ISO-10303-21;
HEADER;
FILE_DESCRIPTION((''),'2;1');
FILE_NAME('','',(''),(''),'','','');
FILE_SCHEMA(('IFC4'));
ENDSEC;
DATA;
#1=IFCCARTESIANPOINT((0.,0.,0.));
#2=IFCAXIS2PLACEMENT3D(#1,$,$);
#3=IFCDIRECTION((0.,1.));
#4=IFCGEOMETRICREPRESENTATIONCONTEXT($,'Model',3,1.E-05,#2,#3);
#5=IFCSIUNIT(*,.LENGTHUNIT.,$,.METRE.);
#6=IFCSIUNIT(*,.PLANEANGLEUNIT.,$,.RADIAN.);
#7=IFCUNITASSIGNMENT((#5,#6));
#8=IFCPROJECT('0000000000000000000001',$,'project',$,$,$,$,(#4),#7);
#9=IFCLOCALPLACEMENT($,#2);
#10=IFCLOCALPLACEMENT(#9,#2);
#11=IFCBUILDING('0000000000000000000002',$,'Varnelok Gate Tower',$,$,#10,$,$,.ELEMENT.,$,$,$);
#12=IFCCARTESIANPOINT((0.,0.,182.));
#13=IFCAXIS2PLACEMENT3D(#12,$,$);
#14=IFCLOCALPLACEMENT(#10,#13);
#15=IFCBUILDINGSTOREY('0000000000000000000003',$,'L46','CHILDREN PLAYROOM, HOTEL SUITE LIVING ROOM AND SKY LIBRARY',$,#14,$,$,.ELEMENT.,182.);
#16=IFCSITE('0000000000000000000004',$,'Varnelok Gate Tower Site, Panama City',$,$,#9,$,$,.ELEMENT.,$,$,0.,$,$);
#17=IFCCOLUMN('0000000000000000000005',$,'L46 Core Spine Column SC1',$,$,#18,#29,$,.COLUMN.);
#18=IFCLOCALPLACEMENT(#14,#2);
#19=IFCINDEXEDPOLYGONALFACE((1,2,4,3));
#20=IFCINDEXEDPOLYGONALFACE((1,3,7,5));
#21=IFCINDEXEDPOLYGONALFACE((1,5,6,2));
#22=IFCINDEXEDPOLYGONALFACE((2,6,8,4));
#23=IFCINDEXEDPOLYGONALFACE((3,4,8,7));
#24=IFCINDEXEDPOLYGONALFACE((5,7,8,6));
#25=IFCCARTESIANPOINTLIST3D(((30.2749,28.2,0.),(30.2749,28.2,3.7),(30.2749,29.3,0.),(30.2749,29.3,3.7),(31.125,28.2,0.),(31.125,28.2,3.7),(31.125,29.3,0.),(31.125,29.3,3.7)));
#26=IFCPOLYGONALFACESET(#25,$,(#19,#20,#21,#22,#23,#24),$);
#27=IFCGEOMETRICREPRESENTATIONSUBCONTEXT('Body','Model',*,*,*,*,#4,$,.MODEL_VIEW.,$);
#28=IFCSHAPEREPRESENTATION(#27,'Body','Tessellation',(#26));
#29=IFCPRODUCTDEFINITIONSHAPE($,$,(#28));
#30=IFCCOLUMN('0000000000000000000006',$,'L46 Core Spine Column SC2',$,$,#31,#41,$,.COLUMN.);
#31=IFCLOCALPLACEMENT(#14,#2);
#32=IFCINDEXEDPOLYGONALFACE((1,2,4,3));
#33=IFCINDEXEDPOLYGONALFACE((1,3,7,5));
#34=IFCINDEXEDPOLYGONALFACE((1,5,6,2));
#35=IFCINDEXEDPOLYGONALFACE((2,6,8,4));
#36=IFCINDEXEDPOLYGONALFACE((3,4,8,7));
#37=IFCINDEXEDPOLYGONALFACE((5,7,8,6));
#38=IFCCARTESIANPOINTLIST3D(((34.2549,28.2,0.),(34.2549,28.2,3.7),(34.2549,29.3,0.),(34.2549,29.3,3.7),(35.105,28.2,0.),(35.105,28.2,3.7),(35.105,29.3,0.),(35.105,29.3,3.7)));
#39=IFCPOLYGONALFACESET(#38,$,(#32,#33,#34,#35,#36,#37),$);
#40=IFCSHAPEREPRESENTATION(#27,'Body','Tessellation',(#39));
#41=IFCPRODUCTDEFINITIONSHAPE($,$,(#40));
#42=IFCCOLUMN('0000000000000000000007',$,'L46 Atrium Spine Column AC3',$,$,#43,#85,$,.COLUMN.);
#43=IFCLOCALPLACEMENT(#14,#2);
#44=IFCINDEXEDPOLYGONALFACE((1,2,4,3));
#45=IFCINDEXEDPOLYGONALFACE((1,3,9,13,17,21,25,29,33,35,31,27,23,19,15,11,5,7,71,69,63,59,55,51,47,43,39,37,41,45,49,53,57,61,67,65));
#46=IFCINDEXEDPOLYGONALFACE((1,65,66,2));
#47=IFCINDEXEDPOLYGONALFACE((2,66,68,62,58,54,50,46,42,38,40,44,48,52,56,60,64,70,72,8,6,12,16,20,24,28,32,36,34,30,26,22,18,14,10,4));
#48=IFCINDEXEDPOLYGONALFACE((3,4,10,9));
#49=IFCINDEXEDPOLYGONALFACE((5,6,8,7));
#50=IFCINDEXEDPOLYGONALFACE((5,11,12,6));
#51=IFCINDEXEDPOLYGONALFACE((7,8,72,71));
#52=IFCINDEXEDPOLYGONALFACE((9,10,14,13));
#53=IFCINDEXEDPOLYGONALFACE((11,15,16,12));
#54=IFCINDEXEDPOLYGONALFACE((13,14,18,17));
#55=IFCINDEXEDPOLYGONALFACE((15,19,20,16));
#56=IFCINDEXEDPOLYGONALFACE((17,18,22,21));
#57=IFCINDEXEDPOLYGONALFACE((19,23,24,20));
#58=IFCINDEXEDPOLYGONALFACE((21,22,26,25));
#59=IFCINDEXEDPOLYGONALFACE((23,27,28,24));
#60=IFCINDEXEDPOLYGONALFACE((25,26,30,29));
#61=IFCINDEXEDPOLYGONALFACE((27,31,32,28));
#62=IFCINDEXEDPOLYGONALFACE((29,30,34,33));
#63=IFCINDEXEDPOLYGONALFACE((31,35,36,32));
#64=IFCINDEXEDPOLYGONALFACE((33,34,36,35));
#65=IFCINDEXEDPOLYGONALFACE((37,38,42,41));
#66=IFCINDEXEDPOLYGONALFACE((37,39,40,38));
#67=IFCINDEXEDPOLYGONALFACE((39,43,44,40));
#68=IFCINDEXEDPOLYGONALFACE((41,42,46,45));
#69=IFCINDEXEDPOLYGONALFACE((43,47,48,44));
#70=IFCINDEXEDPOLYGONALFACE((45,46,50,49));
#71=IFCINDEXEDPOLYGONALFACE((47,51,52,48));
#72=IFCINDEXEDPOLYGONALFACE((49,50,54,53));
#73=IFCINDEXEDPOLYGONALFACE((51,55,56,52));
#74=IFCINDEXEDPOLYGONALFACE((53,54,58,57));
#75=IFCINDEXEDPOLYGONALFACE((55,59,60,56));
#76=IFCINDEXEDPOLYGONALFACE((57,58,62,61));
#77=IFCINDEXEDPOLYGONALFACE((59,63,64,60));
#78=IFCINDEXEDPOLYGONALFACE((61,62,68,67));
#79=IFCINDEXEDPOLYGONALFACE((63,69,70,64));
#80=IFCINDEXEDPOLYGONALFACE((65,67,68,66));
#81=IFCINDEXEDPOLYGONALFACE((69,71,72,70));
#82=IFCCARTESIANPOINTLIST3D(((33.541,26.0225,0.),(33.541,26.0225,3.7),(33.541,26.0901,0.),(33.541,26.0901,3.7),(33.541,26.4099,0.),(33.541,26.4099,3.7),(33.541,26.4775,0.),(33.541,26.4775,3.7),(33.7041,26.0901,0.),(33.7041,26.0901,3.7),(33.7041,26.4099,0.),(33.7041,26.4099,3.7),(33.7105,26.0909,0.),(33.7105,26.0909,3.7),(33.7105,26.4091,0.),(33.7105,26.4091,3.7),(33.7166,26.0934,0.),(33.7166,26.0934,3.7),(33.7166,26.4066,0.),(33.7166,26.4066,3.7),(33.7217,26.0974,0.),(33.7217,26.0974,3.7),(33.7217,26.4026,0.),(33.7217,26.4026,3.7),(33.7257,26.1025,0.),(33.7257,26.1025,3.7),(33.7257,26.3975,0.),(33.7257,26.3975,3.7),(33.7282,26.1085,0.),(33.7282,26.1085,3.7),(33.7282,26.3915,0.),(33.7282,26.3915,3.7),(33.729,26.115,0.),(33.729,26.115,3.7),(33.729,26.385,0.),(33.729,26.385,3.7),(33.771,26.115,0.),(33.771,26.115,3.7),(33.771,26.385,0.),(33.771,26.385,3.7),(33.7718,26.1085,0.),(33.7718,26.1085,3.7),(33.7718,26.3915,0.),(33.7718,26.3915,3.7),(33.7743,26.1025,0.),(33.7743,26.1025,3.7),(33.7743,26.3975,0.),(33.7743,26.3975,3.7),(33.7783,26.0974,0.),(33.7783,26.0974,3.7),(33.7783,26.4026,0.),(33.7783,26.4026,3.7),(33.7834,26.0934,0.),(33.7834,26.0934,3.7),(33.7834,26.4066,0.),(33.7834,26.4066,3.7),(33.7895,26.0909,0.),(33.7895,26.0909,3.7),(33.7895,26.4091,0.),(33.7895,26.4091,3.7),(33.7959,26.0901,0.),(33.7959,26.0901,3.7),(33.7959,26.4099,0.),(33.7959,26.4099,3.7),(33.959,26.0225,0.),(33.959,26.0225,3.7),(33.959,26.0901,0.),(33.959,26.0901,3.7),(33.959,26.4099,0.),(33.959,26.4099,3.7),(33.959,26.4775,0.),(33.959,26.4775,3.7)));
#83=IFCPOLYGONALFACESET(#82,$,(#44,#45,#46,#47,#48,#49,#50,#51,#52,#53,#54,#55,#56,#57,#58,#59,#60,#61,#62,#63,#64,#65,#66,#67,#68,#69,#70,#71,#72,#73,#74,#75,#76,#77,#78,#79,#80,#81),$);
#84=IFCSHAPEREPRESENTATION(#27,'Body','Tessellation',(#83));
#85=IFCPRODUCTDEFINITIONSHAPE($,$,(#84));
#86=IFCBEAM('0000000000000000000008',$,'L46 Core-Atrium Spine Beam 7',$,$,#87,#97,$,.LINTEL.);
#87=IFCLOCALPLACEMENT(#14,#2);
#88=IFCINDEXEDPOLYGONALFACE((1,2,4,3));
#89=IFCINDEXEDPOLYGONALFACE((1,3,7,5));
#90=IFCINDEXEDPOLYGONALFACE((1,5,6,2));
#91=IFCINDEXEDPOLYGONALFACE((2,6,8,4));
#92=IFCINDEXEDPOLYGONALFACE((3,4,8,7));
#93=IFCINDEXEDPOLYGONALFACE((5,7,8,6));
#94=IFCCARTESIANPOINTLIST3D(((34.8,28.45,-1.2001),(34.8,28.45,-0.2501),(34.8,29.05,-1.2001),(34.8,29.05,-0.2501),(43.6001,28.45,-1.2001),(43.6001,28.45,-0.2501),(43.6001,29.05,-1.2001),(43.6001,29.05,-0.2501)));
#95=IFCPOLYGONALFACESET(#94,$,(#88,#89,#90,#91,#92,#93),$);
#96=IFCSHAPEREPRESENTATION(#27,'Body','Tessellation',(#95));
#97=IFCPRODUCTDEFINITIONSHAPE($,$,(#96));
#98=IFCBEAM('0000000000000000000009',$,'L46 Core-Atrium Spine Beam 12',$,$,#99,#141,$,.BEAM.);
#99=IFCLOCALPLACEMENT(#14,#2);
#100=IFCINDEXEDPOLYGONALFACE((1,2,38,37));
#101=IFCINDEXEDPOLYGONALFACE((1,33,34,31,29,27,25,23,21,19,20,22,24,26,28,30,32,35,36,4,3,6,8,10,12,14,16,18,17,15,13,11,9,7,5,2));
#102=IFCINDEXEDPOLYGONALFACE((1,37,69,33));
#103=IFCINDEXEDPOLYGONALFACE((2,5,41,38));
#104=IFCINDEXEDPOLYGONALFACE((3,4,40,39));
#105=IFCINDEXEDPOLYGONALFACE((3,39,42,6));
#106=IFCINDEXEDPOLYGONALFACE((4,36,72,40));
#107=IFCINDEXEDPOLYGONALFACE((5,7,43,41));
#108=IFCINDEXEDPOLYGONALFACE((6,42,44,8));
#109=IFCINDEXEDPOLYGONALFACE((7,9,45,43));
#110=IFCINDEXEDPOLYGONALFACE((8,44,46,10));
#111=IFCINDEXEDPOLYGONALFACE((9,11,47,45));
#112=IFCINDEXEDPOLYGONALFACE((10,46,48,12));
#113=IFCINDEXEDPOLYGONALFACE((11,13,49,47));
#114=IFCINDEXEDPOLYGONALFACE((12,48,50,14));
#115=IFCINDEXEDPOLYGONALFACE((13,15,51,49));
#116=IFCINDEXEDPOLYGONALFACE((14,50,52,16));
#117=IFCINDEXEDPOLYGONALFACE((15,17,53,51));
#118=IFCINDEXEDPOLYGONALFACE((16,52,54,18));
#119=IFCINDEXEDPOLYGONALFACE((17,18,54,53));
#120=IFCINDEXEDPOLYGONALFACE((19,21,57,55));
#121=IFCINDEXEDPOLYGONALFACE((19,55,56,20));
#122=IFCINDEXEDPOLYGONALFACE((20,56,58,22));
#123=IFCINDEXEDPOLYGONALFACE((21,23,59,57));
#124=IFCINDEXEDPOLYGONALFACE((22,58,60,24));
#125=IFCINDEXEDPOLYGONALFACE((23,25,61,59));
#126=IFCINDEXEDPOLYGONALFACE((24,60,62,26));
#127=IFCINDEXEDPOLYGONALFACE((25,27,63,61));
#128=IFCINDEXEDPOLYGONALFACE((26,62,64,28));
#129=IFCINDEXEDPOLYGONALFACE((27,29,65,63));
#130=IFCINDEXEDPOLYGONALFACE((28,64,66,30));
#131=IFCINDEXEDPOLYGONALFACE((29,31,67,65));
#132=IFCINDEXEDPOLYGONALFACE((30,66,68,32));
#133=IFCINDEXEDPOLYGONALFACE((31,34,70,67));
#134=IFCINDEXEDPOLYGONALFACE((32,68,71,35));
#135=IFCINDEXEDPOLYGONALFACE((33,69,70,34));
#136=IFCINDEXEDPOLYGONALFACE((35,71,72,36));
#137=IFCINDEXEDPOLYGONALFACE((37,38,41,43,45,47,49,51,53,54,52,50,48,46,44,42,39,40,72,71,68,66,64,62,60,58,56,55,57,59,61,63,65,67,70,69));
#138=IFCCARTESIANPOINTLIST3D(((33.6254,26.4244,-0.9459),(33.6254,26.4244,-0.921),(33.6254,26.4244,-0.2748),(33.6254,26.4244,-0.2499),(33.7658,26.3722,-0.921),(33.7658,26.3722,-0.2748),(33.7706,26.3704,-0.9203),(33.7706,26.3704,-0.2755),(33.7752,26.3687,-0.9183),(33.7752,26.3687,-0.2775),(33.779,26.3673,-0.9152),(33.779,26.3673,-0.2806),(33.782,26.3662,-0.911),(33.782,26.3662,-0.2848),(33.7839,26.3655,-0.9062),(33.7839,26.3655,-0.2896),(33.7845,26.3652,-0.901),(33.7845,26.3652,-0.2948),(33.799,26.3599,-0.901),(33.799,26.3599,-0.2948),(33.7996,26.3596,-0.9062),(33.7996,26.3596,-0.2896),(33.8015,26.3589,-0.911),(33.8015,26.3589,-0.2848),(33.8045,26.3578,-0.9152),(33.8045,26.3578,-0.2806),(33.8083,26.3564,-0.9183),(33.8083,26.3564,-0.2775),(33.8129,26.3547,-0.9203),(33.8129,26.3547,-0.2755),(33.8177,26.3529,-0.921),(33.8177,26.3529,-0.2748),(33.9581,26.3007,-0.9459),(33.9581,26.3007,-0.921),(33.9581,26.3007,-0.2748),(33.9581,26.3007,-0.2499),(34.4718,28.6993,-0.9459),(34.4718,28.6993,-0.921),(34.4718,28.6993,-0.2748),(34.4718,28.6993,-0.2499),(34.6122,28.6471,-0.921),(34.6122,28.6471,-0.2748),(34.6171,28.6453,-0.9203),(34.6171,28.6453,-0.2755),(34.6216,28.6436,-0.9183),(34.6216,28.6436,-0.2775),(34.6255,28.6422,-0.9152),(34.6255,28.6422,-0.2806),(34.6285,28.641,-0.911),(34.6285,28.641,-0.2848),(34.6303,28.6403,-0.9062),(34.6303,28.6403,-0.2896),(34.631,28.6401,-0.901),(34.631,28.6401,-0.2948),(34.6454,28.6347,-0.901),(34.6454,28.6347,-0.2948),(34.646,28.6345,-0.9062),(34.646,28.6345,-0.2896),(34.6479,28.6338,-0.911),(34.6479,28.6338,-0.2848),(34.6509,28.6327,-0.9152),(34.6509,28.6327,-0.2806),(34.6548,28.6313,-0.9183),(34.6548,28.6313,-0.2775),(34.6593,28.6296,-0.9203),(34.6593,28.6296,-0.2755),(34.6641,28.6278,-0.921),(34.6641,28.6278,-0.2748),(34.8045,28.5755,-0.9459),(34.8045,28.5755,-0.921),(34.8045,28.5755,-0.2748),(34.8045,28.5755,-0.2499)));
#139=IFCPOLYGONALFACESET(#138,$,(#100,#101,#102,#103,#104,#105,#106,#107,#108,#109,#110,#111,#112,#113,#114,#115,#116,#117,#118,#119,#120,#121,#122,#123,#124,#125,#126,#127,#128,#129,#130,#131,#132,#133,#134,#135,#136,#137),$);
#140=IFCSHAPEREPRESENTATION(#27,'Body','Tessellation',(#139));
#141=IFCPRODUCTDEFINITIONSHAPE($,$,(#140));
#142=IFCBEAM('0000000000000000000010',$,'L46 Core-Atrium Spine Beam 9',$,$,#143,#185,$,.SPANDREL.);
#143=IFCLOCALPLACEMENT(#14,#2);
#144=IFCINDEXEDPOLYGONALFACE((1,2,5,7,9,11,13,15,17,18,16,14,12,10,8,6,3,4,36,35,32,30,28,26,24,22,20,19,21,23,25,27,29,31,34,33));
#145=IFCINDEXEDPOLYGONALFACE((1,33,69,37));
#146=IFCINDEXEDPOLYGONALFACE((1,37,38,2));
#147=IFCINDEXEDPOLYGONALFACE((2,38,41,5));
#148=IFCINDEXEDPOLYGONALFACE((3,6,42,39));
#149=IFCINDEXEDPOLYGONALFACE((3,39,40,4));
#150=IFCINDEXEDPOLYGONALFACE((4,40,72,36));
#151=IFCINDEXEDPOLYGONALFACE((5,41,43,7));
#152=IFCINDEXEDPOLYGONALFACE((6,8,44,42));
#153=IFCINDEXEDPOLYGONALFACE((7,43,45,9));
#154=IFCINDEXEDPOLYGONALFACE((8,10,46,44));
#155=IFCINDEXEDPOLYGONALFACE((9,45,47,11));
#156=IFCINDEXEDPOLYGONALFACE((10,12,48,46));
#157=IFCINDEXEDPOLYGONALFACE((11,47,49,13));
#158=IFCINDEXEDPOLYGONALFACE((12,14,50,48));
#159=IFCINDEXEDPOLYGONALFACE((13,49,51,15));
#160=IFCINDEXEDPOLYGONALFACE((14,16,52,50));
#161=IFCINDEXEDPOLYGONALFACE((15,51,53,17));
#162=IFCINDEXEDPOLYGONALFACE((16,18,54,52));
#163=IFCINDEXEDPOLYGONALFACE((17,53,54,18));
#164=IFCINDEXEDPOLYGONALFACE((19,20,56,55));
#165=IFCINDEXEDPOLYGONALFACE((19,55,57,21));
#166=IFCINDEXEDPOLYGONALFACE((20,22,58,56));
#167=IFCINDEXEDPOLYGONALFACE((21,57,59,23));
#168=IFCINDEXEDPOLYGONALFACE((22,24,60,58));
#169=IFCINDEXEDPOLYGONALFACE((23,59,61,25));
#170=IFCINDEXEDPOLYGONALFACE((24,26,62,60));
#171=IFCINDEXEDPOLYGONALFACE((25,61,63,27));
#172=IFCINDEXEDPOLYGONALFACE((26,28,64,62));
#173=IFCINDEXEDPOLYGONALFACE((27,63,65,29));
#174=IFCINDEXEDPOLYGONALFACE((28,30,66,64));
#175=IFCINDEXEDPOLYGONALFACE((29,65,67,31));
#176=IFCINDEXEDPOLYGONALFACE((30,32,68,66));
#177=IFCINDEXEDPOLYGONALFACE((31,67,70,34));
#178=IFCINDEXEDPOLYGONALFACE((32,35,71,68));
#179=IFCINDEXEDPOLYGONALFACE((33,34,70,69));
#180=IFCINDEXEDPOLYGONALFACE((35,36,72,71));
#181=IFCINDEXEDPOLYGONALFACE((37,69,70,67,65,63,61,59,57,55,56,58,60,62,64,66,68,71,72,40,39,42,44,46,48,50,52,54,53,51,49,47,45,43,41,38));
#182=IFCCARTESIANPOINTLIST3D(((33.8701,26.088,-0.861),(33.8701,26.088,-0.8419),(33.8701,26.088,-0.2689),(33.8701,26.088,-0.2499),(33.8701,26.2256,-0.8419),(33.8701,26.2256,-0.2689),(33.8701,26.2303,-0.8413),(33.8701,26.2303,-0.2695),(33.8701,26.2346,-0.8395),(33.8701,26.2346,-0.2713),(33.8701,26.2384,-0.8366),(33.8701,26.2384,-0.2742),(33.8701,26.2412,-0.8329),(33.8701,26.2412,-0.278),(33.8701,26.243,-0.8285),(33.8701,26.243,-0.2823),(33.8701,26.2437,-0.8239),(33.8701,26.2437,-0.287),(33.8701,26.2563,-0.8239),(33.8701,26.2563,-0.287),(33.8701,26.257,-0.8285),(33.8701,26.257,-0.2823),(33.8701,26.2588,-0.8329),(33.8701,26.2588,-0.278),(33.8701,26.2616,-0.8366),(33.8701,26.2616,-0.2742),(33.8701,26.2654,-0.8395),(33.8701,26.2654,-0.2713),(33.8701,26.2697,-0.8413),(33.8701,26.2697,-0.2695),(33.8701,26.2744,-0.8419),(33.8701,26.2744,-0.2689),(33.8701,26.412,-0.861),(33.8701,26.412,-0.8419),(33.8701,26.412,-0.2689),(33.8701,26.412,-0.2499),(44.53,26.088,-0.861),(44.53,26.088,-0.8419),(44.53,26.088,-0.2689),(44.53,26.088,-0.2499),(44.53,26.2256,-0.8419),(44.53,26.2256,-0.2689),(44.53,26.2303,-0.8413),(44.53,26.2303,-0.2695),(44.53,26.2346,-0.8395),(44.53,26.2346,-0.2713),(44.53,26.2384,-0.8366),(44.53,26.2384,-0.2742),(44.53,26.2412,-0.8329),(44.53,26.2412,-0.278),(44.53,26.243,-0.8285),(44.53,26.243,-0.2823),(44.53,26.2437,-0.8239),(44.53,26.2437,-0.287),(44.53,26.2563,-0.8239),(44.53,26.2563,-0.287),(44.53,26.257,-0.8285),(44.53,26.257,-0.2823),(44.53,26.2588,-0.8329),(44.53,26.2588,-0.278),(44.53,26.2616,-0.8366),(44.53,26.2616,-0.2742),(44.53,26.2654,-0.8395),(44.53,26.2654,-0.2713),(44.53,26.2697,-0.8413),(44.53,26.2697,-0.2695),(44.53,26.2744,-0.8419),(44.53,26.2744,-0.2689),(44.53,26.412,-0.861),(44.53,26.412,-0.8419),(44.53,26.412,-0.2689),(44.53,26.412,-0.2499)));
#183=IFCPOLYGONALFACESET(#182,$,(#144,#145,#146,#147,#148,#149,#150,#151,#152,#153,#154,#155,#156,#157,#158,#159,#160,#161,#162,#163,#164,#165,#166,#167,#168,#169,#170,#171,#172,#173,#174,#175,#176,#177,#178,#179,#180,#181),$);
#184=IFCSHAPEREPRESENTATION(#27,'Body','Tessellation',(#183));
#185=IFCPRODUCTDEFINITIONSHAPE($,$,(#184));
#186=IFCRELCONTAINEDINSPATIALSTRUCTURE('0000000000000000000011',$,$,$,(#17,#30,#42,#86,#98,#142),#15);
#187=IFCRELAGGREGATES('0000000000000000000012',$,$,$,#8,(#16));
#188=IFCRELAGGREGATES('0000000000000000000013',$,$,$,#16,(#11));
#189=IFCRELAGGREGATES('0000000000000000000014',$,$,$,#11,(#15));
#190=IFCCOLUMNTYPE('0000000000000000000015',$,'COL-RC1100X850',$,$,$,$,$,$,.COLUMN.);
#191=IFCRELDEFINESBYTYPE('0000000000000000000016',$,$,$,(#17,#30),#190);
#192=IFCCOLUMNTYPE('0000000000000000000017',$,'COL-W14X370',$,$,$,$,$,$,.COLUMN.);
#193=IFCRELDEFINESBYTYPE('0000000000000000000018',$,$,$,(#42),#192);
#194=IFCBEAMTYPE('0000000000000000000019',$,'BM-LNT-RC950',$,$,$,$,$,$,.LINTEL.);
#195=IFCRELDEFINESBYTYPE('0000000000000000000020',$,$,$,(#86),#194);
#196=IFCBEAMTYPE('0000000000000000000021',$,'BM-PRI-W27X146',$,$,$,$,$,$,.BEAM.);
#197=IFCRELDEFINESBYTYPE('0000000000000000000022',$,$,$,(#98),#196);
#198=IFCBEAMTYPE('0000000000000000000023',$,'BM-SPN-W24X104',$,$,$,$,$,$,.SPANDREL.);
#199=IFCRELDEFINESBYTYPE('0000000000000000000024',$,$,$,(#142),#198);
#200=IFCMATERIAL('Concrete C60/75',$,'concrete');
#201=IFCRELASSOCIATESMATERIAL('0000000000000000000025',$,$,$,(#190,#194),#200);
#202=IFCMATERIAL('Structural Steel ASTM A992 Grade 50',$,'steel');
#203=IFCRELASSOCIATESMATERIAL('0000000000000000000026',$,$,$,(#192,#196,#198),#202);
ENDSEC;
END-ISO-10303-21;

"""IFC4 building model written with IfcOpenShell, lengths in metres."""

from ifc_helpers import new_model, si_unit, direction, frame, origin, origin_2d, place, context, subcontext, project, spatial, rectangle, i_section, extrude, material, material_profile, profile_set, type_object, element, save


model = new_model("IFC4")

# Units and contexts
model_context = context("Model", 3, precision=1e-05, world=origin(), true_north=direction((0.0, 1.0)))
body_context = subcontext(model_context, "Body", "Model", "MODEL_VIEW")
ifc_project = project(units=[si_unit("LENGTHUNIT", "METRE"), si_unit("PLANEANGLEUNIT", "RADIAN")], contexts=[model_context])

# Site, building, storey
site_placement = place(None, origin())
site = spatial("IfcSite", under=ifc_project, at=site_placement, Name="Varnelok Gate Tower Site, Panama City", CompositionType="ELEMENT", RefElevation=0.0)
building_placement = place(site_placement, origin())
building = spatial("IfcBuilding", under=site, at=building_placement, Name="Varnelok Gate Tower", CompositionType="ELEMENT")
storey_placement = place(building_placement, frame((0.0, 0.0, 182.0)))
storey = spatial("IfcBuildingStorey", under=building, at=storey_placement, Name="L46", Description="CHILDREN PLAYROOM, HOTEL SUITE LIVING ROOM AND SKY LIBRARY", CompositionType="ELEMENT", Elevation=182.0)

# Columns
ifc_material_1 = material(Name="Concrete C60/75", Category="concrete")
ifc_material_profile_1 = material_profile(ifc_material_1, rectangle(XDim=0.8501, YDim=1.1001, at=origin_2d()), Name="RC1100X850")
ifc_profile_set_1 = profile_set([ifc_material_profile_1], Name="Concrete C60/75")
column_type_1 = type_object("IfcColumnType", Name="COL-RC1100X850", PredefinedType="COLUMN", material=ifc_profile_set_1)
for number, where, z_axis, x_axis, name in (
    (1, (30.7, 28.75, 0.0), (0.0, 0.0, 1.0), (1.0, 0.0, 0.0), "L46 Core Spine Column SC1"),
    (2, (34.6799, 28.75, 0.0), (0.0, 0.0, 1.0), (1.0, 0.0, 0.0), "L46 Core Spine Column SC2"),
):
    element("IfcColumn", number, at=place(storey_placement, frame(where, z_axis=z_axis, x_axis=x_axis)), inside=storey, type_object=column_type_1, Name=name, PredefinedType="COLUMN", context=body_context, shape_type="SweptSolid", body=[
        extrude(rectangle(XDim=0.8501, YDim=1.1001, at=origin_2d()), origin(), (0.0, 0.0, 1.0), 3.7),
    ])
ifc_material_2 = material(Name="Structural Steel ASTM A992 Grade 50", Category="steel")
ifc_material_profile_2 = material_profile(ifc_material_2, i_section(OverallWidth=0.418, OverallDepth=0.4551, WebThickness=0.042, FlangeThickness=0.0676, FilletRadius=0.0249, at=origin_2d()), Name="W14X370")
ifc_profile_set_2 = profile_set([ifc_material_profile_2], Name="Structural Steel ASTM A992 Grade 50")
column_type_2 = type_object("IfcColumnType", Name="COL-W14X370", PredefinedType="COLUMN", material=ifc_profile_set_2)
column_placement = place(storey_placement, frame((33.75, 26.25, 0.0), z_axis=(0.0, 0.0, 1.0), x_axis=(1.0, 0.0, 0.0)))
element("IfcColumn", 3, at=column_placement, inside=storey, type_object=column_type_2, Name="L46 Atrium Spine Column AC3", PredefinedType="COLUMN", context=body_context, shape_type="SweptSolid", body=[
    extrude(i_section(OverallWidth=0.418, OverallDepth=0.4551, WebThickness=0.042, FlangeThickness=0.0676, FilletRadius=0.0249, at=origin_2d()), origin(), (0.0, 0.0, 1.0), 3.7),
])

# Beams
ifc_material_profile_3 = material_profile(ifc_material_1, rectangle(XDim=0.6001, YDim=0.95, at=origin_2d()), Name="RC950X600")
ifc_profile_set_3 = profile_set([ifc_material_profile_3], Name="Concrete C60/75")
beam_type_1 = type_object("IfcBeamType", Name="BM-LNT-RC950", PredefinedType="LINTEL", material=ifc_profile_set_3)
beam_1_placement = place(storey_placement, frame((34.8, 28.75, -0.7251), z_axis=(1.0, 0.0, 0.0), x_axis=(0.0, 1.0, 0.0)))
element("IfcBeam", 4, at=beam_1_placement, inside=storey, type_object=beam_type_1, Name="L46 Core-Atrium Spine Beam 7", PredefinedType="LINTEL", context=body_context, shape_type="SweptSolid", body=[
    extrude(rectangle(XDim=0.6001, YDim=0.95, at=origin_2d()), origin(), (0.0, 0.0, 1.0), 8.8),
])
ifc_material_profile_4 = material_profile(ifc_material_2, i_section(OverallWidth=0.355, OverallDepth=0.696, WebThickness=0.0154, FlangeThickness=0.0249, FilletRadius=0.02, at=origin_2d()), Name="W27X146")
ifc_profile_set_4 = profile_set([ifc_material_profile_4], Name="Structural Steel ASTM A992 Grade 50")
beam_type_2 = type_object("IfcBeamType", Name="BM-PRI-W27X146", PredefinedType="BEAM", material=ifc_profile_set_4)
beam_2_placement = place(storey_placement, frame((33.7917, 26.3625, -0.5979), z_axis=(0.348719, 0.937227, 0.0), x_axis=(-0.937227, 0.348719, 0.0)))
element("IfcBeam", 5, at=beam_2_placement, inside=storey, type_object=beam_type_2, Name="L46 Core-Atrium Spine Beam 12", PredefinedType="BEAM", context=body_context, shape_type="SweptSolid", body=[
    extrude(i_section(OverallWidth=0.355, OverallDepth=0.696, WebThickness=0.0154, FlangeThickness=0.0249, FilletRadius=0.02, at=origin_2d()), origin(), (0.0, 0.0, 1.0), 2.4272),
])
ifc_material_profile_5 = material_profile(ifc_material_2, i_section(OverallWidth=0.324, OverallDepth=0.6111, WebThickness=0.0127, FlangeThickness=0.019, FilletRadius=0.0181, at=origin_2d()), Name="W24X104")
ifc_profile_set_5 = profile_set([ifc_material_profile_5], Name="Structural Steel ASTM A992 Grade 50")
beam_type_3 = type_object("IfcBeamType", Name="BM-SPN-W24X104", PredefinedType="SPANDREL", material=ifc_profile_set_5)
beam_3_placement = place(storey_placement, frame((33.8701, 26.25, -0.5554), z_axis=(1.0, 0.0, 0.0), x_axis=(0.0, 1.0, 0.0)))
element("IfcBeam", 6, at=beam_3_placement, inside=storey, type_object=beam_type_3, Name="L46 Core-Atrium Spine Beam 9", PredefinedType="SPANDREL", context=body_context, shape_type="SweptSolid", body=[
    extrude(i_section(OverallWidth=0.324, OverallDepth=0.6111, WebThickness=0.0127, FlangeThickness=0.019, FilletRadius=0.0181, at=origin_2d()), origin(), (0.0, 0.0, 1.0), 10.6599),
])

save(model, "model.ifc")
